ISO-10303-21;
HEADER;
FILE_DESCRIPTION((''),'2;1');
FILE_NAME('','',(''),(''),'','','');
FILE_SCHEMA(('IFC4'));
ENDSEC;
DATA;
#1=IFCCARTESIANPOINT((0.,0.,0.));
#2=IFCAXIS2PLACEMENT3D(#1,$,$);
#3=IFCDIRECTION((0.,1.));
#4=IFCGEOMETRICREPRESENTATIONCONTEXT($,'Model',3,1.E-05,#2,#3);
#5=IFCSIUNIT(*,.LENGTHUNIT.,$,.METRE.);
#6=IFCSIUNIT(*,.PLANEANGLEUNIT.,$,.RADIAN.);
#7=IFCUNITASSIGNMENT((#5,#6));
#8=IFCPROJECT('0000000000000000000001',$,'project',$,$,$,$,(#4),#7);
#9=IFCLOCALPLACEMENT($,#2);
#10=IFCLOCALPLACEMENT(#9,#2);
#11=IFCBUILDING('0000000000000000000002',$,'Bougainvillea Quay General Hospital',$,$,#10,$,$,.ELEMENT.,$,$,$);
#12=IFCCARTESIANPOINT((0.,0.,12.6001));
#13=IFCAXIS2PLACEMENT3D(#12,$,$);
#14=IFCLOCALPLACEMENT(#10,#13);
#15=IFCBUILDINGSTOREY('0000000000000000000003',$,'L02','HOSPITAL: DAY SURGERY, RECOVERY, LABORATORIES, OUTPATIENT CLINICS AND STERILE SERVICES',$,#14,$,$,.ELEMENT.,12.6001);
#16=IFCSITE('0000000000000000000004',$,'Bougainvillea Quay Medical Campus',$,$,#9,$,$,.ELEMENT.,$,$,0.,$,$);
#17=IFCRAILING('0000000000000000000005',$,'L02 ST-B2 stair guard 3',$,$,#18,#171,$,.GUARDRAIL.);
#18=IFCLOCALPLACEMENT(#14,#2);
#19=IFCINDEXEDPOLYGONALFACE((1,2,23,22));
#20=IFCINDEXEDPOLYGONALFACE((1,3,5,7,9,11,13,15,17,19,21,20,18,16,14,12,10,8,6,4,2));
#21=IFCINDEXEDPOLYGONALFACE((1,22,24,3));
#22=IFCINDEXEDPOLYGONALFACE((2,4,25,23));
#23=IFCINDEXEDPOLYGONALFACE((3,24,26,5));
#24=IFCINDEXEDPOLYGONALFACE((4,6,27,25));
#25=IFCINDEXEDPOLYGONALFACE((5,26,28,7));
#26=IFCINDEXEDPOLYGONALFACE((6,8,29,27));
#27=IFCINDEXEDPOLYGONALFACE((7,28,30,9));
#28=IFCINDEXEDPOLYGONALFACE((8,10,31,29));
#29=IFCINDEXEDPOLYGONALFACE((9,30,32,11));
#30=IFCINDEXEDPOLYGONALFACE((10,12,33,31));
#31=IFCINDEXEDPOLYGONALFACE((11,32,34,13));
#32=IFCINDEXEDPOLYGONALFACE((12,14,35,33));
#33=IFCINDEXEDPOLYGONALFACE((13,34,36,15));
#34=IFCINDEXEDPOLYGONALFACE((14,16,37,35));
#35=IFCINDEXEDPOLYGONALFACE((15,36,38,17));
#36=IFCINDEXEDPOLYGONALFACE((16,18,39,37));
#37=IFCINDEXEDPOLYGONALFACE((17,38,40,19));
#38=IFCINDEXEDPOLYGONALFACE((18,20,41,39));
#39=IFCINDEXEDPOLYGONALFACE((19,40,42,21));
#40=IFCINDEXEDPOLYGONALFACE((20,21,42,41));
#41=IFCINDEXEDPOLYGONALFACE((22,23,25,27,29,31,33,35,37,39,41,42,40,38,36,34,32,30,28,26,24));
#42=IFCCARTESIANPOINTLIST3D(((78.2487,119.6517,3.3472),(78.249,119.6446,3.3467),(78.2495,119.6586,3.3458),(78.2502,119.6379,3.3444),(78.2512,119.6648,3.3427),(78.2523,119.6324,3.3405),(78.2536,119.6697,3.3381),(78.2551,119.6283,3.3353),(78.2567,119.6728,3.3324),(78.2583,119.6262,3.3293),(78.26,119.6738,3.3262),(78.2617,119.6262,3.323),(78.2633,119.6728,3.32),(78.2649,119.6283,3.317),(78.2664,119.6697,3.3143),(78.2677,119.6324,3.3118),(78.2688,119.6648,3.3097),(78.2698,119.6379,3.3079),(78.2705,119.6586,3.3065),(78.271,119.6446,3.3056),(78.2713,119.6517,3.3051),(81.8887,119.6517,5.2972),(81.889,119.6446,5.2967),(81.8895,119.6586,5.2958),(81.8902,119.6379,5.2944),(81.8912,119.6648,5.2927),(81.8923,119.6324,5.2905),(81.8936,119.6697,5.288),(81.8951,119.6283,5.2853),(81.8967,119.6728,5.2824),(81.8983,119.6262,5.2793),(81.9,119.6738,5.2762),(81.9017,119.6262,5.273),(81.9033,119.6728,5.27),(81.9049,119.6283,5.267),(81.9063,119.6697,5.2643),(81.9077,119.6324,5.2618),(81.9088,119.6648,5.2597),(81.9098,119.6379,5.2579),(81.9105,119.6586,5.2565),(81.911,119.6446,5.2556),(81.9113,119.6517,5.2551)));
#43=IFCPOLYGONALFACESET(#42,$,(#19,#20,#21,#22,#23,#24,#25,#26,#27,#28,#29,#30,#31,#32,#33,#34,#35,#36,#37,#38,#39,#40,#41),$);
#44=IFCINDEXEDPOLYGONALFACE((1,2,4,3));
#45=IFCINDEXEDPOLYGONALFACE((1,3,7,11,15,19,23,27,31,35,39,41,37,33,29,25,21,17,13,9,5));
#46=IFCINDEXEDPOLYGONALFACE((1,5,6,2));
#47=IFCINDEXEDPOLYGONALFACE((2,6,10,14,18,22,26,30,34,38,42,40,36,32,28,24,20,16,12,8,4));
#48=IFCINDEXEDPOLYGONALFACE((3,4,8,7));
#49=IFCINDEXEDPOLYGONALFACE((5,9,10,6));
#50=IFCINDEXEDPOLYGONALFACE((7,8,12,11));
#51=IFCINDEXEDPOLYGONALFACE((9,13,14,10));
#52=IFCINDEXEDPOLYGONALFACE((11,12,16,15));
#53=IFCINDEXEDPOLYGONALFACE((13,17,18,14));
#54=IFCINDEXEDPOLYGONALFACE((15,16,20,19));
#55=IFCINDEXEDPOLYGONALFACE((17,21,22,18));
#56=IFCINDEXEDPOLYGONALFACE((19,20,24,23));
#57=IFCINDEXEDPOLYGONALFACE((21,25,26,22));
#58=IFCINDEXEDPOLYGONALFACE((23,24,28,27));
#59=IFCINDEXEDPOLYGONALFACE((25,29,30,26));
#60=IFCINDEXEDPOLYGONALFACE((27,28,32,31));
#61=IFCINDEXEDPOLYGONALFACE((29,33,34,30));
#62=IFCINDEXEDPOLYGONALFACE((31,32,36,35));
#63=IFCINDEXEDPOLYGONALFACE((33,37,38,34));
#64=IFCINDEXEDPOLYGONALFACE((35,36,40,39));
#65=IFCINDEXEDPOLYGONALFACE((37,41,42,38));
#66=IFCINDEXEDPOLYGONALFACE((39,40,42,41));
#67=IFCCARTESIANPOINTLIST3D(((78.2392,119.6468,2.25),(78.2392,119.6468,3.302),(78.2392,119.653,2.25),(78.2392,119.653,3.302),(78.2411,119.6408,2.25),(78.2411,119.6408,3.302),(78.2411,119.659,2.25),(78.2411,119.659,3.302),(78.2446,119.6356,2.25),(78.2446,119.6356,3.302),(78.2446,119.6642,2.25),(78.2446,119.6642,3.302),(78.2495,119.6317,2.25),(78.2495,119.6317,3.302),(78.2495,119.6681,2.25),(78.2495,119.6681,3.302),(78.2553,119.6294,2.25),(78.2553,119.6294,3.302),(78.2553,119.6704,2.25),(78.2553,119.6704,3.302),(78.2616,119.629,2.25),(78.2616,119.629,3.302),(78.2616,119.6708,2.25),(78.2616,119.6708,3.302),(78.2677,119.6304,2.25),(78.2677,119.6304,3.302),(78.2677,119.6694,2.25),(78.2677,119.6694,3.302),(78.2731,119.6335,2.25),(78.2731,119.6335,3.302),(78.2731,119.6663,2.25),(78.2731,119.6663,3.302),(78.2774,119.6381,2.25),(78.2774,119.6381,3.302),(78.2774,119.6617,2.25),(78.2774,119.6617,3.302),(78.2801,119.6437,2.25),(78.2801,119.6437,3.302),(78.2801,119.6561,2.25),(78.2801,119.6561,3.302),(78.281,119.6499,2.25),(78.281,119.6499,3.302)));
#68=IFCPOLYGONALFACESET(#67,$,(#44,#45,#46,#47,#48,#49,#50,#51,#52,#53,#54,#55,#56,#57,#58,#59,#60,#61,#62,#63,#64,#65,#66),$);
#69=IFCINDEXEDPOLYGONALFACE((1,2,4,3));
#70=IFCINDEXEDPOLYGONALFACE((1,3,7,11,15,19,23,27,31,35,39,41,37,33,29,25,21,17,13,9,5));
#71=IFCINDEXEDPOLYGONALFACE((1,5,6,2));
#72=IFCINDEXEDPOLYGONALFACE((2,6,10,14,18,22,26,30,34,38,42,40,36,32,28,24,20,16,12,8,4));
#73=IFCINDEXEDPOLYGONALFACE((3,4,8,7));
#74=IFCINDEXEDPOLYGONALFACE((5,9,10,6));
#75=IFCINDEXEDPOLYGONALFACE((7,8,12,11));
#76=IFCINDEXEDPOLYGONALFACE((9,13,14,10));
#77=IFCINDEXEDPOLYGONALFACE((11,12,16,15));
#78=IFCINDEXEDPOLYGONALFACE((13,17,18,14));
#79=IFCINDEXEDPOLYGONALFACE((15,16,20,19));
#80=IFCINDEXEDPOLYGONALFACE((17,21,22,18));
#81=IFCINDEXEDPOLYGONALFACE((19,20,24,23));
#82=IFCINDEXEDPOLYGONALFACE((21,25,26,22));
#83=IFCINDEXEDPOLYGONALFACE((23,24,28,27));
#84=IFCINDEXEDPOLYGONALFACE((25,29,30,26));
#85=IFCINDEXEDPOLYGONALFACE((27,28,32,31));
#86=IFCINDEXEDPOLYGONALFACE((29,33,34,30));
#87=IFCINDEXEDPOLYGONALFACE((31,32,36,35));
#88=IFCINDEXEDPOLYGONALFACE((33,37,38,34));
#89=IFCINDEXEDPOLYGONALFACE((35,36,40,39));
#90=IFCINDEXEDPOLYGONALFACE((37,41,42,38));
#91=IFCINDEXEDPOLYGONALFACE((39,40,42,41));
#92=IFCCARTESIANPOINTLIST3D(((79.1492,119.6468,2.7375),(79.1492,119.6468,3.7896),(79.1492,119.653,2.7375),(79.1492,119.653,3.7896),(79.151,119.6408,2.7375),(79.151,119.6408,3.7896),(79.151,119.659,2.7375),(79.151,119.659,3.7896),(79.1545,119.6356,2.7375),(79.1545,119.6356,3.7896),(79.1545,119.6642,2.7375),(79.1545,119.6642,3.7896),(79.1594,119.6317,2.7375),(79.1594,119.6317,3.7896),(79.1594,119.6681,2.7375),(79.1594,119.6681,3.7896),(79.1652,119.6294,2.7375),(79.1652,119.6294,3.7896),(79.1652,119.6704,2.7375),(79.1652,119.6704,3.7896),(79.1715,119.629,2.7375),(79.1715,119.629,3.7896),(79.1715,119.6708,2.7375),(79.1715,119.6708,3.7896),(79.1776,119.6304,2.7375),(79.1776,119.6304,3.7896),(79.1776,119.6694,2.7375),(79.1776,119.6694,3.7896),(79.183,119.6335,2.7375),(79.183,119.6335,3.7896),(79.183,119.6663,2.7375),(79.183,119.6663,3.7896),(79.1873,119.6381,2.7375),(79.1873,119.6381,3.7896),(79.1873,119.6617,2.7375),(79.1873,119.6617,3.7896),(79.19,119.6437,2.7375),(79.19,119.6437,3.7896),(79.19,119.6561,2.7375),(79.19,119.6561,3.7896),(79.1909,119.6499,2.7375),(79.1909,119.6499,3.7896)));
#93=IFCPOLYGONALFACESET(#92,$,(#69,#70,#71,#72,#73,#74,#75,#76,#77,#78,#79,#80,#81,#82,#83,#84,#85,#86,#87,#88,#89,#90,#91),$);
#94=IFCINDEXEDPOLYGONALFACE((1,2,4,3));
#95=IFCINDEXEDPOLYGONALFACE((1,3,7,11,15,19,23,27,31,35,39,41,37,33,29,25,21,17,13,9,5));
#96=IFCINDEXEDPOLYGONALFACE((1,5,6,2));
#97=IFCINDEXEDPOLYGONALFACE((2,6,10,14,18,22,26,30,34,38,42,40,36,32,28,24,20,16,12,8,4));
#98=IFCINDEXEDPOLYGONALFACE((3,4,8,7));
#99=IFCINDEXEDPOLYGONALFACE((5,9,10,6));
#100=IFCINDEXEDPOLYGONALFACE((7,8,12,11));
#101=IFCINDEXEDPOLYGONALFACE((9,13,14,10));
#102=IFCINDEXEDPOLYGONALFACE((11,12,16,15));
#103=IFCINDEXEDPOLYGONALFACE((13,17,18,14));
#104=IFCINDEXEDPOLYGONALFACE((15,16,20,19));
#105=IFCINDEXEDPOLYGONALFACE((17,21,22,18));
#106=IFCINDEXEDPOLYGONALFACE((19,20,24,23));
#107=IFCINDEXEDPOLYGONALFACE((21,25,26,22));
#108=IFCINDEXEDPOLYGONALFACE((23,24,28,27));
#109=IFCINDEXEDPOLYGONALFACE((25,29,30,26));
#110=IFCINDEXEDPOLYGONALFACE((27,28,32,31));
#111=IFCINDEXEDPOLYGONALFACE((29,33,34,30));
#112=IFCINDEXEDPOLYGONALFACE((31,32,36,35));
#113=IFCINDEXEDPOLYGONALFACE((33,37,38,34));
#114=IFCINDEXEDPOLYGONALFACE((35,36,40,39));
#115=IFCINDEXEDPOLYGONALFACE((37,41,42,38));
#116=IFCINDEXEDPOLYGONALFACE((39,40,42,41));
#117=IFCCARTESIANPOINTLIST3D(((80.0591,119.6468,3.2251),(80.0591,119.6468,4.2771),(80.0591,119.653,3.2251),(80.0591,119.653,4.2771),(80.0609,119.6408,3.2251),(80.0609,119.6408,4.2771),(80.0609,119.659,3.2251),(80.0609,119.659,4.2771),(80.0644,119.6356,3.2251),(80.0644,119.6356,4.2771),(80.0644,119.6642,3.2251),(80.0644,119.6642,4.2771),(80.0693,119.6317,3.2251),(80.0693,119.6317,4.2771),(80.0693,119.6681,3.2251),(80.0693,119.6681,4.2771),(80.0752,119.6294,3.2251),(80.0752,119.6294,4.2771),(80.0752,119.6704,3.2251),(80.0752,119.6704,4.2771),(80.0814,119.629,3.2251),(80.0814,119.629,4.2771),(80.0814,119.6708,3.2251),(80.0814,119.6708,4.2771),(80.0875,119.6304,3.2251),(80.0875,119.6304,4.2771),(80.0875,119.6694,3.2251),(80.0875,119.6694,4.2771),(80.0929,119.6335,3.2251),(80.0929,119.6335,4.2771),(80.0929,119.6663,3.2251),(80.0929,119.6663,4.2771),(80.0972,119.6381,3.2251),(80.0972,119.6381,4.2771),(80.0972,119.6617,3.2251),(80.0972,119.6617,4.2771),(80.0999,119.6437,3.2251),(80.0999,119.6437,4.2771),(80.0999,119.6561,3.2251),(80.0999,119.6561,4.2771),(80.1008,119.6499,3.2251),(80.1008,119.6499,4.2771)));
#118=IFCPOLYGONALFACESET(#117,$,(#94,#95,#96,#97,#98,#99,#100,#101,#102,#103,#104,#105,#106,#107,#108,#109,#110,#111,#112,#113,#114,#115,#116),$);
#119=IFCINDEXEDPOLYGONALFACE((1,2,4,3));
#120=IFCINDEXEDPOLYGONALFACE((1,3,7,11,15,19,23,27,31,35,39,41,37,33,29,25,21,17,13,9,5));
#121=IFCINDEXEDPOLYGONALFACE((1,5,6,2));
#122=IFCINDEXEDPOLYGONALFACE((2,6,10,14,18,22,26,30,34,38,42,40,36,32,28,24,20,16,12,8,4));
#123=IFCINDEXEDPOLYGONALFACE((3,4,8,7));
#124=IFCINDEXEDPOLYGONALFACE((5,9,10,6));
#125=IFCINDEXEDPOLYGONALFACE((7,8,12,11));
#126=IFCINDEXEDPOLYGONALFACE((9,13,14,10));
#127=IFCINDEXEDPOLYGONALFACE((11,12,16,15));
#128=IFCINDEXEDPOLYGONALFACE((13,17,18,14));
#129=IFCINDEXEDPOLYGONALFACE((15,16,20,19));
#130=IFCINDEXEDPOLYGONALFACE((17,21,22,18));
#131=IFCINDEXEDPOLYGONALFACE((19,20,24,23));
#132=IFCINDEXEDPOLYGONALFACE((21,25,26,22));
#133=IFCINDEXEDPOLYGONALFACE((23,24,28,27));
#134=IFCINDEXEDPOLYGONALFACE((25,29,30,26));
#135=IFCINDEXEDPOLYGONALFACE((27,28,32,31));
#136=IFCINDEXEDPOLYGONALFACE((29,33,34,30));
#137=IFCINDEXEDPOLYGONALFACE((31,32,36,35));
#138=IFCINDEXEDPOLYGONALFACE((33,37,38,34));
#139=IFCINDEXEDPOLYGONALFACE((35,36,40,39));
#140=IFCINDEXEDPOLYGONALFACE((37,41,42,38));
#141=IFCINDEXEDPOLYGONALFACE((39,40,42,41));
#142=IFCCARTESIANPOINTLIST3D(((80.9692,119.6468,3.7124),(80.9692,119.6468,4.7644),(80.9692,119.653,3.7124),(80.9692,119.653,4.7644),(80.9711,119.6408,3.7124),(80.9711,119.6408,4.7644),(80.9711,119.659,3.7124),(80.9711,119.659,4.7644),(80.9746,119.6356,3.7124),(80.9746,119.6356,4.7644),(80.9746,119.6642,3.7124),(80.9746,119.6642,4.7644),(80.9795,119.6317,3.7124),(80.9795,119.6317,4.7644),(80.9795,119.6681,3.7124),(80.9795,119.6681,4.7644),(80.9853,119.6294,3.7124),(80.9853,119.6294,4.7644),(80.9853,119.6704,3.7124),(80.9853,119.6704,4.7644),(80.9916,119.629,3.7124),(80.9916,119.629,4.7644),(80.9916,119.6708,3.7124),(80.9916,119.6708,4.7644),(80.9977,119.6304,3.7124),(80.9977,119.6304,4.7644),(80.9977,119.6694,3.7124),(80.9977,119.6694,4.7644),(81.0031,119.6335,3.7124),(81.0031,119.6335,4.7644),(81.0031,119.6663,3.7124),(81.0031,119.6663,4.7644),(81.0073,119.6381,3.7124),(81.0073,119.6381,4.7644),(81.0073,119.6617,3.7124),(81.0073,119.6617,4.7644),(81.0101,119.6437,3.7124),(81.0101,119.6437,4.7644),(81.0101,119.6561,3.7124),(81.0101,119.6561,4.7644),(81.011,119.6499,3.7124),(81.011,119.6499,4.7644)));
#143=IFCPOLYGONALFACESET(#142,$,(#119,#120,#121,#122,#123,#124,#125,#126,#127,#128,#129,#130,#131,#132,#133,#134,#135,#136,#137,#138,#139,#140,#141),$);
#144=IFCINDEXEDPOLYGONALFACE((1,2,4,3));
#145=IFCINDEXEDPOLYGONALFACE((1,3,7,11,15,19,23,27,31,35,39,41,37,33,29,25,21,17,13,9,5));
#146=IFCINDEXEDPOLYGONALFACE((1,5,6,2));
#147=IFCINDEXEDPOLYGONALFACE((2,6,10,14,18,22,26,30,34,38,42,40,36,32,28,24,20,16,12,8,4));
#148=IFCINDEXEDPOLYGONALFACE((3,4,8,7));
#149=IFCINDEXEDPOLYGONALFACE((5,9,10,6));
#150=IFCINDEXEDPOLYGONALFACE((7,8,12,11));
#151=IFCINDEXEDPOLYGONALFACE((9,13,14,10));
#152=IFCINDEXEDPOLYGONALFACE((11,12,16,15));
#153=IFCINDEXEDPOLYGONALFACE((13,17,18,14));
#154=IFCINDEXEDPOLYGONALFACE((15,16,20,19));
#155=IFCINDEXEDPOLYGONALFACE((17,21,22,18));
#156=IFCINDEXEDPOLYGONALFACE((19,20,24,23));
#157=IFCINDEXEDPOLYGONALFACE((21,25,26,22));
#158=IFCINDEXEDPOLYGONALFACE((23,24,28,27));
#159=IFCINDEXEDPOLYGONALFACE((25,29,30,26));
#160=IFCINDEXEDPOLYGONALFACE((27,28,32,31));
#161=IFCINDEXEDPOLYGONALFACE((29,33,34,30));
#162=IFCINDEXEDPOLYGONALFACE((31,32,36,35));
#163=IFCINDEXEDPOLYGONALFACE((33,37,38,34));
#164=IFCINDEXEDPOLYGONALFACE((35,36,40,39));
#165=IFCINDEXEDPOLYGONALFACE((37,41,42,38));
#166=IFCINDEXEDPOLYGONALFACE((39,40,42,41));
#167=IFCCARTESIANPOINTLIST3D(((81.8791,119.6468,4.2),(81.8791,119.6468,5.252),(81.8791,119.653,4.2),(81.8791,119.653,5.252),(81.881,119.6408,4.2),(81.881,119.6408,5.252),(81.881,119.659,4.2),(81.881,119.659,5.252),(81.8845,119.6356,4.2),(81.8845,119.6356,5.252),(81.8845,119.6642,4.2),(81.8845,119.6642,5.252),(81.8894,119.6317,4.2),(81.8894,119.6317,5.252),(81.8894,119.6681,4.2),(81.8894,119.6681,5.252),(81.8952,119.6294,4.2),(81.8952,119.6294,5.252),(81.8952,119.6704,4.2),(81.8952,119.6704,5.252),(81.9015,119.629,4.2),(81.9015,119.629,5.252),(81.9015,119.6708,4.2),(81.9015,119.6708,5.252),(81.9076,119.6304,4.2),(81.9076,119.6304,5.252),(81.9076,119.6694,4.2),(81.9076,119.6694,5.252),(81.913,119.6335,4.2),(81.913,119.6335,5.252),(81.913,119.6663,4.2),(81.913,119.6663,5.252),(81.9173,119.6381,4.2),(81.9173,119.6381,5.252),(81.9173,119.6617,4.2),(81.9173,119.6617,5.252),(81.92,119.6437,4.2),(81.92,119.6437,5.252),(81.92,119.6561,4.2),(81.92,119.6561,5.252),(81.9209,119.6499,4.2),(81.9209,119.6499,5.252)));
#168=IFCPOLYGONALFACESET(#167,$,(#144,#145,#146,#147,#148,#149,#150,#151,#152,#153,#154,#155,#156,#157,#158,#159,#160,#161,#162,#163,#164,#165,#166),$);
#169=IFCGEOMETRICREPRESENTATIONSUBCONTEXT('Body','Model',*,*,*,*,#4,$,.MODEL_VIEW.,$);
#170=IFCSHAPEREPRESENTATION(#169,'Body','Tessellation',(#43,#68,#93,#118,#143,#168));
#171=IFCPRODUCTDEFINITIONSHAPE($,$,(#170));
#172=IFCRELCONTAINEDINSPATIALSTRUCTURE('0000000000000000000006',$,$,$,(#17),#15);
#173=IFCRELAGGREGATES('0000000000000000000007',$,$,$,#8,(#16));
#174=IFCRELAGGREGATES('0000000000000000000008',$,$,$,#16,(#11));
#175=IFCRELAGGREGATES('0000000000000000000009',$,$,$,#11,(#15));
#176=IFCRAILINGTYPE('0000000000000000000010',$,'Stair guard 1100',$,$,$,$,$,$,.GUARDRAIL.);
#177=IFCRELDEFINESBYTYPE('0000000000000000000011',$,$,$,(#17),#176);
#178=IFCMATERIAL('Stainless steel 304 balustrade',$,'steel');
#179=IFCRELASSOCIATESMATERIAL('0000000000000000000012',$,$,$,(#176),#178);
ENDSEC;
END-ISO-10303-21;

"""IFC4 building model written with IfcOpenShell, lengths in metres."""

from ifc_helpers import new_model, si_unit, direction, frame, origin, origin_2d, place, context, subcontext, project, spatial, circle, extrude, material, type_object, element, save


model = new_model("IFC4")

# Units and contexts
model_context = context("Model", 3, precision=1e-05, world=origin(), true_north=direction((0.0, 1.0)))
body_context = subcontext(model_context, "Body", "Model", "MODEL_VIEW")
ifc_project = project(units=[si_unit("LENGTHUNIT", "METRE"), si_unit("PLANEANGLEUNIT", "RADIAN")], contexts=[model_context])

# Site, building, storey
site_placement = place(None, origin())
site = spatial("IfcSite", under=ifc_project, at=site_placement, Name="Bougainvillea Quay Medical Campus", CompositionType="ELEMENT", RefElevation=0.0)
building_placement = place(site_placement, origin())
building = spatial("IfcBuilding", under=site, at=building_placement, Name="Bougainvillea Quay General Hospital", CompositionType="ELEMENT")
storey_placement = place(building_placement, frame((0.0, 0.0, 12.6001)))
storey = spatial("IfcBuildingStorey", under=building, at=storey_placement, Name="L02", Description="HOSPITAL: DAY SURGERY, RECOVERY, LABORATORIES, OUTPATIENT CLINICS AND STERILE SERVICES", CompositionType="ELEMENT", Elevation=12.6001)

# Railing
ifc_material_1 = material(Name="Stainless steel 304 balustrade", Category="steel")
railing_type_1 = type_object("IfcRailingType", Name="Stair guard 1100", PredefinedType="GUARDRAIL", material=ifc_material_1)
railing_1_placement = place(storey_placement, frame((78.26, 119.6499, 2.25)))
element("IfcRailing", 1, at=railing_1_placement, inside=storey, type_object=railing_type_1, Name="L02 ST-B2 stair guard 3", PredefinedType="GUARDRAIL", context=body_context, shape_type="SweptSolid", body=[
    extrude(circle(Radius=0.0239, at=origin_2d()), frame((0.0, 0.0, 1.0762), z_axis=(0.881479, 0.0, 0.472223), x_axis=(0.0, 1.0, 0.0)), (0.0, 0.0, 1.0), 4.1294),
    extrude(circle(Radius=0.021, at=origin_2d()), origin(), (0.0, 0.0, 1.0), 1.052),
    extrude(circle(Radius=0.021, at=origin_2d()), frame((0.9099, 0.0, 0.4875)), (0.0, 0.0, 1.0), 1.052),
    extrude(circle(Radius=0.021, at=origin_2d()), frame((1.8198, 0.0, 0.9751)), (0.0, 0.0, 1.0), 1.052),
    extrude(circle(Radius=0.021, at=origin_2d()), frame((2.73, 0.0, 1.4624)), (0.0, 0.0, 1.0), 1.052),
    extrude(circle(Radius=0.021, at=origin_2d()), frame((3.6399, 0.0, 1.95)), (0.0, 0.0, 1.0), 1.052),
])

save(model, "model.ifc")
